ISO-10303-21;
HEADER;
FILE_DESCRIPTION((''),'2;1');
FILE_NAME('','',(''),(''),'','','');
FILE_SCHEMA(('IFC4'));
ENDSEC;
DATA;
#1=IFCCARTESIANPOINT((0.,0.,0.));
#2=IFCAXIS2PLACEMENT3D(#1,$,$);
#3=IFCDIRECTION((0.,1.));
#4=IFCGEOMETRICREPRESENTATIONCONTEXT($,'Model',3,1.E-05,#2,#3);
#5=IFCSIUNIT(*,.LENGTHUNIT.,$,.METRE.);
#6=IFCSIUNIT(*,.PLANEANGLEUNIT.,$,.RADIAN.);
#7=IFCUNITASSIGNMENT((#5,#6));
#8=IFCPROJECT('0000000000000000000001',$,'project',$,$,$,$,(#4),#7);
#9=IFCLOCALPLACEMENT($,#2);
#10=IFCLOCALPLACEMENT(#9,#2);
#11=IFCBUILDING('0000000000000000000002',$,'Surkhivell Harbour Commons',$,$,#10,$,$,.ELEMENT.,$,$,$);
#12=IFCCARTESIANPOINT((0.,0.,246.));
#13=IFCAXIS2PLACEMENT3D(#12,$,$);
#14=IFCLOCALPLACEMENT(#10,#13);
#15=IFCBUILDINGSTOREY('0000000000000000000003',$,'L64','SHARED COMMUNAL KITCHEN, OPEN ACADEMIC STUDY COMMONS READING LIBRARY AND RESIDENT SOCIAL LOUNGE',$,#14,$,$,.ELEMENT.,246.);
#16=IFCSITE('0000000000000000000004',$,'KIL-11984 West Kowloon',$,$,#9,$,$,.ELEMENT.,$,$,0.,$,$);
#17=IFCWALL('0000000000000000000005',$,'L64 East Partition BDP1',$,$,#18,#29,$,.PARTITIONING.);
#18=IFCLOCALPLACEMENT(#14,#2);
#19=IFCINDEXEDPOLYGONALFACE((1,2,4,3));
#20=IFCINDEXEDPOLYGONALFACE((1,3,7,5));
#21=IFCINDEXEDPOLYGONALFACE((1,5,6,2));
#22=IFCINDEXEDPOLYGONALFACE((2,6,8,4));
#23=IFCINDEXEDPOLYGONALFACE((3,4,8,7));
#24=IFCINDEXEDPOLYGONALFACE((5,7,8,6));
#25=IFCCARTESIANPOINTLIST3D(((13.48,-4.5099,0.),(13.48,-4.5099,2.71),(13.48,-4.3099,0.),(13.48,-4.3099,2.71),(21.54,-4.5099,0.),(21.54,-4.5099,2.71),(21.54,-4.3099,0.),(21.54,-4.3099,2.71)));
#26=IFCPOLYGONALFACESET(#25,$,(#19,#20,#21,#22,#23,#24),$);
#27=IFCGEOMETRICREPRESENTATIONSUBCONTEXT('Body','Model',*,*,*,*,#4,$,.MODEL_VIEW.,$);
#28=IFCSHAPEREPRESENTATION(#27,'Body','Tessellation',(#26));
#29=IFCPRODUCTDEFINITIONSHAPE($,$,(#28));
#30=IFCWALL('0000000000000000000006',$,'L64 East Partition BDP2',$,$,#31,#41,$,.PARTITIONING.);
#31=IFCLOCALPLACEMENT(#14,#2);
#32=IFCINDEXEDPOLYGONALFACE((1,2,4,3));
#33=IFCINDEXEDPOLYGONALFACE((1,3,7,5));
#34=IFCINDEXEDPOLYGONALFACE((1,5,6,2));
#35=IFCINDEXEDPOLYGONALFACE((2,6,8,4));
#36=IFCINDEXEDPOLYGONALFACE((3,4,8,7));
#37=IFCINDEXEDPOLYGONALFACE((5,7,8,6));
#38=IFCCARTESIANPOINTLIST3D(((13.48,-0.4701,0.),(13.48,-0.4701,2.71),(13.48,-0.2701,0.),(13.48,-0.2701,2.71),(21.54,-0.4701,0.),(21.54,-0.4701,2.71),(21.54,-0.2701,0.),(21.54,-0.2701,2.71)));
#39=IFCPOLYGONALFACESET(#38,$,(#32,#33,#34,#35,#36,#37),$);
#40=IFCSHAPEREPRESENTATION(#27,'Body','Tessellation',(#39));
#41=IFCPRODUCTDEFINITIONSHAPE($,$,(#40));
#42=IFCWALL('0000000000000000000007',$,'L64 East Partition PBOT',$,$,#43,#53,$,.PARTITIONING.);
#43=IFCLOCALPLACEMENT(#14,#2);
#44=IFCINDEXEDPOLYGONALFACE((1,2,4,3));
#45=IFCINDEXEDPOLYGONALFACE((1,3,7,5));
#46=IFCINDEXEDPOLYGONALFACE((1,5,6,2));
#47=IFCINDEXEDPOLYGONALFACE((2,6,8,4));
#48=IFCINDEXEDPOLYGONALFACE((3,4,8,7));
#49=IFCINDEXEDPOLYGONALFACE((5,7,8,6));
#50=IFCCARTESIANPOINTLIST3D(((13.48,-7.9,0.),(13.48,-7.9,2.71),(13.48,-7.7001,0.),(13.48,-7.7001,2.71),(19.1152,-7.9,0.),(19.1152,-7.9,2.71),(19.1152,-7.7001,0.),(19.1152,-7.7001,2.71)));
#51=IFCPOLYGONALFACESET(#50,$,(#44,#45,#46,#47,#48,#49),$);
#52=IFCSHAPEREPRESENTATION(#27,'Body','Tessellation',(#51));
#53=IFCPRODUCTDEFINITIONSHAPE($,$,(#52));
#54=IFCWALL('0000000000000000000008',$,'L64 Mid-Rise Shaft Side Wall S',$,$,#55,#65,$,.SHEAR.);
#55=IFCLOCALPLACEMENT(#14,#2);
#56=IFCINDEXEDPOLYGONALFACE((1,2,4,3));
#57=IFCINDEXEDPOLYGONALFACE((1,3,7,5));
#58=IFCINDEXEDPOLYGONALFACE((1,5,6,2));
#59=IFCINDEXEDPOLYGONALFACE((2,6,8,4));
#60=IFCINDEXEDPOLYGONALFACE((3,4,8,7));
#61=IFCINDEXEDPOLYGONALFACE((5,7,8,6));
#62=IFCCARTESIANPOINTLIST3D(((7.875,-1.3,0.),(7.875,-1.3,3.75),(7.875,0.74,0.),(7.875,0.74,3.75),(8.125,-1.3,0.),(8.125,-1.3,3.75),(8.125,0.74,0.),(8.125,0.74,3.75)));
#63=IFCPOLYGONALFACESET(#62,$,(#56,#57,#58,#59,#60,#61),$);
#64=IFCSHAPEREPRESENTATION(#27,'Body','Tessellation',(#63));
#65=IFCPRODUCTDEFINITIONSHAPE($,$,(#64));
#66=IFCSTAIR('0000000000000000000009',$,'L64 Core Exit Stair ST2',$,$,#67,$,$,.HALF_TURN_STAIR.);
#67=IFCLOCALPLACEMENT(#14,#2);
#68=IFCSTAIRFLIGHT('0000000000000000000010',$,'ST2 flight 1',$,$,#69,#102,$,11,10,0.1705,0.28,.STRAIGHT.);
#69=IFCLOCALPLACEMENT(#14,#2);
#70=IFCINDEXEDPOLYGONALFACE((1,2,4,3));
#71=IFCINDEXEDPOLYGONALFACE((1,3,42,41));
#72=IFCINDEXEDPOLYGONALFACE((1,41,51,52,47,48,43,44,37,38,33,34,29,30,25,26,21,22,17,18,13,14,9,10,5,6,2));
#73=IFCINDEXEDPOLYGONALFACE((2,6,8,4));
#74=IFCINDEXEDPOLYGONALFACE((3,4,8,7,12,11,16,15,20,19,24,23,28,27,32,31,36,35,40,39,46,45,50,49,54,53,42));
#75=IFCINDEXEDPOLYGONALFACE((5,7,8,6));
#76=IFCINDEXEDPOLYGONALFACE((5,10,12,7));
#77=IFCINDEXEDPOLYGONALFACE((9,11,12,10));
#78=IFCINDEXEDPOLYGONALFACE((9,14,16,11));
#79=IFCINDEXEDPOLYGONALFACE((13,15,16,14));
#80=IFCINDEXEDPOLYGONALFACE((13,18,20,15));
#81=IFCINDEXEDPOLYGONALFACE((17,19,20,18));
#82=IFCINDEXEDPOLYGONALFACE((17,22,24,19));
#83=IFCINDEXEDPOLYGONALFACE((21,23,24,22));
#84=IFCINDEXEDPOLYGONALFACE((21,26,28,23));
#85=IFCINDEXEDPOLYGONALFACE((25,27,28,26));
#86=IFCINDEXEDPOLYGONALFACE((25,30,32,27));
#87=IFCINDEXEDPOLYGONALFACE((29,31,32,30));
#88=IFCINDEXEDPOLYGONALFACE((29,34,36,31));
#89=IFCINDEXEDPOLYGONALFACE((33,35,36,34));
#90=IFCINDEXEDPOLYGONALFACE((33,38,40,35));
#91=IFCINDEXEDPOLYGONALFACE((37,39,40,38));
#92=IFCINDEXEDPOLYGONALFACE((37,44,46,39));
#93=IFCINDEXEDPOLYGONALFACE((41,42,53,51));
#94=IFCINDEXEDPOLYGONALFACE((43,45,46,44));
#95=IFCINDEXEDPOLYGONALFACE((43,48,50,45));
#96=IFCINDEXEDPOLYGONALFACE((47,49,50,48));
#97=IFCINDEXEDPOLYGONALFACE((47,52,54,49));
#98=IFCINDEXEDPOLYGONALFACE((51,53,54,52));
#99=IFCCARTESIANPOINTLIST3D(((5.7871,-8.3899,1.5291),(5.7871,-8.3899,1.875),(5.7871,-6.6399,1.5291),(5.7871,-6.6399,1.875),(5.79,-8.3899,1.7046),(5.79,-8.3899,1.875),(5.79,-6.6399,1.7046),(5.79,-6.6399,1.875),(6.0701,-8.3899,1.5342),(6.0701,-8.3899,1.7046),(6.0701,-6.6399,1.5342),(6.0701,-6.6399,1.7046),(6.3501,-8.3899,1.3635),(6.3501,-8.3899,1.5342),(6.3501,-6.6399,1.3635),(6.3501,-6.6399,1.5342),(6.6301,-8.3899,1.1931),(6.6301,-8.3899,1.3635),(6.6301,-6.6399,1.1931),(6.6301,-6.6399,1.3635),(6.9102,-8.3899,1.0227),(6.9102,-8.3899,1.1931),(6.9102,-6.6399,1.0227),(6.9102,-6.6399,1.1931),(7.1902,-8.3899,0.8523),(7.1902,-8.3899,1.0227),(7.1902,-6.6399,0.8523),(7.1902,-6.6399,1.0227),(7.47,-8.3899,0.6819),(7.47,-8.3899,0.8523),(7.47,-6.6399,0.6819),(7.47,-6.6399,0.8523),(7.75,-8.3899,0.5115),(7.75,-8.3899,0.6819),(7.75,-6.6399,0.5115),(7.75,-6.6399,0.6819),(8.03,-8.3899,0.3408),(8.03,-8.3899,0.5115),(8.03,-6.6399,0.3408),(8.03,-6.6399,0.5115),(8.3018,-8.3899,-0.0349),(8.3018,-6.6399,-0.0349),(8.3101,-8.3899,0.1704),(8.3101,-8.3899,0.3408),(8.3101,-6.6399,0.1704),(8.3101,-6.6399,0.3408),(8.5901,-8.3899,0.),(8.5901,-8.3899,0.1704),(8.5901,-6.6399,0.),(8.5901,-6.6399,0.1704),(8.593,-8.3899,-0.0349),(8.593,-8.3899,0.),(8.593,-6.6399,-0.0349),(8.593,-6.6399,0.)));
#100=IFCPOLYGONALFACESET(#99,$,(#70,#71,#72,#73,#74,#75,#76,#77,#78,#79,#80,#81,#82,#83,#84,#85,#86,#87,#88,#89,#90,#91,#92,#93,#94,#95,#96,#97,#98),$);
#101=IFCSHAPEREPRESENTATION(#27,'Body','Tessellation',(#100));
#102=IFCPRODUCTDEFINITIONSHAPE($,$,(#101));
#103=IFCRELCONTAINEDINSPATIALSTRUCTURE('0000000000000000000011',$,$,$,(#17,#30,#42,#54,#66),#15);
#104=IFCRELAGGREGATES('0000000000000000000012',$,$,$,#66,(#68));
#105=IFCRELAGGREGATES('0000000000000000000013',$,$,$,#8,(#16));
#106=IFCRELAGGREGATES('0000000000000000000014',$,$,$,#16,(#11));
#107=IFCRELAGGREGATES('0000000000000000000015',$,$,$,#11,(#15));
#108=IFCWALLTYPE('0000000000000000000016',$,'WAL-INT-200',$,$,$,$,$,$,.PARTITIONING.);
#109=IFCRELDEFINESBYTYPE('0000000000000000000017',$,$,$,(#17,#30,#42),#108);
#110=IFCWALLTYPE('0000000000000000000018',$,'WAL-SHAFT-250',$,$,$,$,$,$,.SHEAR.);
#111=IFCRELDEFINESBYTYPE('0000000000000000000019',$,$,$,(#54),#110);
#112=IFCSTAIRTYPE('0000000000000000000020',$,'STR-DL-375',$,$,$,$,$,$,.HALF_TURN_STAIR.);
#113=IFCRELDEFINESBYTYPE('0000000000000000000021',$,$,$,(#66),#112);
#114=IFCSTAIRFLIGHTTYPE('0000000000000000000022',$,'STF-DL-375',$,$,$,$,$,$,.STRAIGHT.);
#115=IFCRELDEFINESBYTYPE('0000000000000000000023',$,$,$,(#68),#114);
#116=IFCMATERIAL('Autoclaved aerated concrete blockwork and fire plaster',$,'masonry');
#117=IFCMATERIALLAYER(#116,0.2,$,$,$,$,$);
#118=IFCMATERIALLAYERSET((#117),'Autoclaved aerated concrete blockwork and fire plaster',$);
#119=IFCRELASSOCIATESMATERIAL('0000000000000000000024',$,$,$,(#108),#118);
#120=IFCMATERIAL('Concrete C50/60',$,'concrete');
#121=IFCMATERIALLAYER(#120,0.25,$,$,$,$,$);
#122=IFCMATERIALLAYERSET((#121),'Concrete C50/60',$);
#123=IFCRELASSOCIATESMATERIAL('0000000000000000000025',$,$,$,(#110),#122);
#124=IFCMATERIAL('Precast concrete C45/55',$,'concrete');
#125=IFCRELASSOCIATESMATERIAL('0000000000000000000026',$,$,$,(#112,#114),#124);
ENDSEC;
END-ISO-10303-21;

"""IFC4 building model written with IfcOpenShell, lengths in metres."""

from ifc_helpers import new_model, si_unit, direction, frame, frame_2d, origin, place, context, subcontext, project, spatial, polyline, rectangle, outline, extrude, material, layer, layer_set, type_object, element, aggregate, save


model = new_model("IFC4")

# Units and contexts
model_context = context("Model", 3, precision=1e-05, world=origin(), true_north=direction((0.0, 1.0)))
body_context = subcontext(model_context, "Body", "Model", "MODEL_VIEW")
ifc_project = project(units=[si_unit("LENGTHUNIT", "METRE"), si_unit("PLANEANGLEUNIT", "RADIAN")], contexts=[model_context])

# Site, building, storey
site_placement = place(None, origin())
site = spatial("IfcSite", under=ifc_project, at=site_placement, Name="KIL-11984 West Kowloon", CompositionType="ELEMENT", RefElevation=0.0)
building_placement = place(site_placement, origin())
building = spatial("IfcBuilding", under=site, at=building_placement, Name="Surkhivell Harbour Commons", CompositionType="ELEMENT")
storey_placement = place(building_placement, frame((0.0, 0.0, 246.0)))
storey = spatial("IfcBuildingStorey", under=building, at=storey_placement, Name="L64", Description="SHARED COMMUNAL KITCHEN, OPEN ACADEMIC STUDY COMMONS READING LIBRARY AND RESIDENT SOCIAL LOUNGE", CompositionType="ELEMENT", Elevation=246.0)

# Shared definitions
ifc_material_1 = material(Name="Concrete C50/60", Category="concrete")

# Walls
ifc_material_2 = material(Name="Autoclaved aerated concrete blockwork and fire plaster", Category="masonry")
ifc_layer_1 = layer(ifc_material_2, 0.2)
ifc_layer_set_1 = layer_set([ifc_layer_1], Name="Autoclaved aerated concrete blockwork and fire plaster")
wall_type_1 = type_object("IfcWallType", Name="WAL-INT-200", PredefinedType="PARTITIONING", material=ifc_layer_set_1)
for number, where, z_axis, x_axis, name in (
    (1, (13.48, -4.4099, 0.0), (0.0, 0.0, 1.0), (1.0, 0.0, 0.0), "L64 East Partition BDP1"),
    (2, (13.48, -0.3701, 0.0), (0.0, 0.0, 1.0), (1.0, 0.0, 0.0), "L64 East Partition BDP2"),
):
    element("IfcWall", number, at=place(storey_placement, frame(where, z_axis=z_axis, x_axis=x_axis)), inside=storey, type_object=wall_type_1, Name=name, PredefinedType="PARTITIONING", context=body_context, shape_type="SweptSolid", body=[
        extrude(rectangle(XDim=8.0601, YDim=0.2, at=frame_2d((4.03, 0.0))), origin(), (0.0, 0.0, 1.0), 2.71),
    ])
wall_1_placement = place(storey_placement, frame((13.48, -7.8, 0.0), z_axis=(0.0, 0.0, 1.0), x_axis=(1.0, 0.0, 0.0)))
element("IfcWall", 3, at=wall_1_placement, inside=storey, type_object=wall_type_1, Name="L64 East Partition PBOT", PredefinedType="PARTITIONING", context=body_context, shape_type="SweptSolid", body=[
    extrude(rectangle(XDim=5.6353, YDim=0.2, at=frame_2d((2.8176, 0.0))), origin(), (0.0, 0.0, 1.0), 2.71),
])
ifc_layer_2 = layer(ifc_material_1, 0.25)
ifc_layer_set_2 = layer_set([ifc_layer_2], Name="Concrete C50/60")
wall_type_2 = type_object("IfcWallType", Name="WAL-SHAFT-250", PredefinedType="SHEAR", material=ifc_layer_set_2)
wall_2_placement = place(storey_placement, frame((8.0, -1.3, 0.0), z_axis=(0.0, 0.0, 1.0), x_axis=(0.0, 1.0, 0.0)))
element("IfcWall", 4, at=wall_2_placement, inside=storey, type_object=wall_type_2, Name="L64 Mid-Rise Shaft Side Wall S", PredefinedType="SHEAR", context=body_context, shape_type="SweptSolid", body=[
    extrude(rectangle(XDim=2.04, YDim=0.25, at=frame_2d((1.02, 0.0))), origin(), (0.0, 0.0, 1.0), 3.75),
])

# Stair, stair flight
ifc_material_3 = material(Name="Precast concrete C45/55", Category="concrete")
stair_type = type_object("IfcStairType", Name="STR-DL-375", PredefinedType="HALF_TURN_STAIR", material=ifc_material_3)
stair_placement = place(storey_placement, origin())
stair = element("IfcStair", 5, at=stair_placement, inside=storey, type_object=stair_type, Name="L64 Core Exit Stair ST2", PredefinedType="HALF_TURN_STAIR")
stair_flight_type = type_object("IfcStairFlightType", Name="STF-DL-375", PredefinedType="STRAIGHT", material=ifc_material_3)
stair_flight_placement = place(storey_placement, frame((8.5901, -7.5149, 0.0), z_axis=(0.0, 0.0, 1.0), x_axis=(-1.0, 0.0, 0.0)))
stair_flight = element("IfcStairFlight", 6, at=stair_flight_placement, type_object=stair_flight_type, Name="ST2 flight 1", NumberOfRisers=11, NumberOfTreads=10, PredefinedType="STRAIGHT", RiserHeight=0.1705, TreadLength=0.28, context=body_context, shape_type="SweptSolid", body=[
    extrude(outline(polyline([(-0.0029, -0.0349), (-0.0029, 0.0), (0.0, 0.0), (0.0, 0.1704), (0.28, 0.1704), (0.28, 0.3408), (0.5601, 0.3408), (0.5601, 0.5115), (0.8401, 0.5115), (0.8401, 0.6819), (1.1201, 0.6819), (1.1201, 0.8523), (1.3999, 0.8523), (1.3999, 1.0227), (1.6799, 1.0227), (1.6799, 1.1931), (1.96, 1.1931), (1.96, 1.3635), (2.24, 1.3635), (2.24, 1.5342), (2.52, 1.5342), (2.52, 1.7046), (2.8, 1.7046), (2.8, 1.875), (2.803, 1.875), (2.803, 1.5291), (0.2883, -0.0349), (-0.0029, -0.0349)])), frame((0.0, 0.875, 0.0), z_axis=(0.0, -1.0, 0.0), x_axis=(1.0, 0.0, 0.0)), (0.0, 0.0, 1.0), 1.75),
])
aggregate(stair, [stair_flight])

save(model, "model.ifc")
